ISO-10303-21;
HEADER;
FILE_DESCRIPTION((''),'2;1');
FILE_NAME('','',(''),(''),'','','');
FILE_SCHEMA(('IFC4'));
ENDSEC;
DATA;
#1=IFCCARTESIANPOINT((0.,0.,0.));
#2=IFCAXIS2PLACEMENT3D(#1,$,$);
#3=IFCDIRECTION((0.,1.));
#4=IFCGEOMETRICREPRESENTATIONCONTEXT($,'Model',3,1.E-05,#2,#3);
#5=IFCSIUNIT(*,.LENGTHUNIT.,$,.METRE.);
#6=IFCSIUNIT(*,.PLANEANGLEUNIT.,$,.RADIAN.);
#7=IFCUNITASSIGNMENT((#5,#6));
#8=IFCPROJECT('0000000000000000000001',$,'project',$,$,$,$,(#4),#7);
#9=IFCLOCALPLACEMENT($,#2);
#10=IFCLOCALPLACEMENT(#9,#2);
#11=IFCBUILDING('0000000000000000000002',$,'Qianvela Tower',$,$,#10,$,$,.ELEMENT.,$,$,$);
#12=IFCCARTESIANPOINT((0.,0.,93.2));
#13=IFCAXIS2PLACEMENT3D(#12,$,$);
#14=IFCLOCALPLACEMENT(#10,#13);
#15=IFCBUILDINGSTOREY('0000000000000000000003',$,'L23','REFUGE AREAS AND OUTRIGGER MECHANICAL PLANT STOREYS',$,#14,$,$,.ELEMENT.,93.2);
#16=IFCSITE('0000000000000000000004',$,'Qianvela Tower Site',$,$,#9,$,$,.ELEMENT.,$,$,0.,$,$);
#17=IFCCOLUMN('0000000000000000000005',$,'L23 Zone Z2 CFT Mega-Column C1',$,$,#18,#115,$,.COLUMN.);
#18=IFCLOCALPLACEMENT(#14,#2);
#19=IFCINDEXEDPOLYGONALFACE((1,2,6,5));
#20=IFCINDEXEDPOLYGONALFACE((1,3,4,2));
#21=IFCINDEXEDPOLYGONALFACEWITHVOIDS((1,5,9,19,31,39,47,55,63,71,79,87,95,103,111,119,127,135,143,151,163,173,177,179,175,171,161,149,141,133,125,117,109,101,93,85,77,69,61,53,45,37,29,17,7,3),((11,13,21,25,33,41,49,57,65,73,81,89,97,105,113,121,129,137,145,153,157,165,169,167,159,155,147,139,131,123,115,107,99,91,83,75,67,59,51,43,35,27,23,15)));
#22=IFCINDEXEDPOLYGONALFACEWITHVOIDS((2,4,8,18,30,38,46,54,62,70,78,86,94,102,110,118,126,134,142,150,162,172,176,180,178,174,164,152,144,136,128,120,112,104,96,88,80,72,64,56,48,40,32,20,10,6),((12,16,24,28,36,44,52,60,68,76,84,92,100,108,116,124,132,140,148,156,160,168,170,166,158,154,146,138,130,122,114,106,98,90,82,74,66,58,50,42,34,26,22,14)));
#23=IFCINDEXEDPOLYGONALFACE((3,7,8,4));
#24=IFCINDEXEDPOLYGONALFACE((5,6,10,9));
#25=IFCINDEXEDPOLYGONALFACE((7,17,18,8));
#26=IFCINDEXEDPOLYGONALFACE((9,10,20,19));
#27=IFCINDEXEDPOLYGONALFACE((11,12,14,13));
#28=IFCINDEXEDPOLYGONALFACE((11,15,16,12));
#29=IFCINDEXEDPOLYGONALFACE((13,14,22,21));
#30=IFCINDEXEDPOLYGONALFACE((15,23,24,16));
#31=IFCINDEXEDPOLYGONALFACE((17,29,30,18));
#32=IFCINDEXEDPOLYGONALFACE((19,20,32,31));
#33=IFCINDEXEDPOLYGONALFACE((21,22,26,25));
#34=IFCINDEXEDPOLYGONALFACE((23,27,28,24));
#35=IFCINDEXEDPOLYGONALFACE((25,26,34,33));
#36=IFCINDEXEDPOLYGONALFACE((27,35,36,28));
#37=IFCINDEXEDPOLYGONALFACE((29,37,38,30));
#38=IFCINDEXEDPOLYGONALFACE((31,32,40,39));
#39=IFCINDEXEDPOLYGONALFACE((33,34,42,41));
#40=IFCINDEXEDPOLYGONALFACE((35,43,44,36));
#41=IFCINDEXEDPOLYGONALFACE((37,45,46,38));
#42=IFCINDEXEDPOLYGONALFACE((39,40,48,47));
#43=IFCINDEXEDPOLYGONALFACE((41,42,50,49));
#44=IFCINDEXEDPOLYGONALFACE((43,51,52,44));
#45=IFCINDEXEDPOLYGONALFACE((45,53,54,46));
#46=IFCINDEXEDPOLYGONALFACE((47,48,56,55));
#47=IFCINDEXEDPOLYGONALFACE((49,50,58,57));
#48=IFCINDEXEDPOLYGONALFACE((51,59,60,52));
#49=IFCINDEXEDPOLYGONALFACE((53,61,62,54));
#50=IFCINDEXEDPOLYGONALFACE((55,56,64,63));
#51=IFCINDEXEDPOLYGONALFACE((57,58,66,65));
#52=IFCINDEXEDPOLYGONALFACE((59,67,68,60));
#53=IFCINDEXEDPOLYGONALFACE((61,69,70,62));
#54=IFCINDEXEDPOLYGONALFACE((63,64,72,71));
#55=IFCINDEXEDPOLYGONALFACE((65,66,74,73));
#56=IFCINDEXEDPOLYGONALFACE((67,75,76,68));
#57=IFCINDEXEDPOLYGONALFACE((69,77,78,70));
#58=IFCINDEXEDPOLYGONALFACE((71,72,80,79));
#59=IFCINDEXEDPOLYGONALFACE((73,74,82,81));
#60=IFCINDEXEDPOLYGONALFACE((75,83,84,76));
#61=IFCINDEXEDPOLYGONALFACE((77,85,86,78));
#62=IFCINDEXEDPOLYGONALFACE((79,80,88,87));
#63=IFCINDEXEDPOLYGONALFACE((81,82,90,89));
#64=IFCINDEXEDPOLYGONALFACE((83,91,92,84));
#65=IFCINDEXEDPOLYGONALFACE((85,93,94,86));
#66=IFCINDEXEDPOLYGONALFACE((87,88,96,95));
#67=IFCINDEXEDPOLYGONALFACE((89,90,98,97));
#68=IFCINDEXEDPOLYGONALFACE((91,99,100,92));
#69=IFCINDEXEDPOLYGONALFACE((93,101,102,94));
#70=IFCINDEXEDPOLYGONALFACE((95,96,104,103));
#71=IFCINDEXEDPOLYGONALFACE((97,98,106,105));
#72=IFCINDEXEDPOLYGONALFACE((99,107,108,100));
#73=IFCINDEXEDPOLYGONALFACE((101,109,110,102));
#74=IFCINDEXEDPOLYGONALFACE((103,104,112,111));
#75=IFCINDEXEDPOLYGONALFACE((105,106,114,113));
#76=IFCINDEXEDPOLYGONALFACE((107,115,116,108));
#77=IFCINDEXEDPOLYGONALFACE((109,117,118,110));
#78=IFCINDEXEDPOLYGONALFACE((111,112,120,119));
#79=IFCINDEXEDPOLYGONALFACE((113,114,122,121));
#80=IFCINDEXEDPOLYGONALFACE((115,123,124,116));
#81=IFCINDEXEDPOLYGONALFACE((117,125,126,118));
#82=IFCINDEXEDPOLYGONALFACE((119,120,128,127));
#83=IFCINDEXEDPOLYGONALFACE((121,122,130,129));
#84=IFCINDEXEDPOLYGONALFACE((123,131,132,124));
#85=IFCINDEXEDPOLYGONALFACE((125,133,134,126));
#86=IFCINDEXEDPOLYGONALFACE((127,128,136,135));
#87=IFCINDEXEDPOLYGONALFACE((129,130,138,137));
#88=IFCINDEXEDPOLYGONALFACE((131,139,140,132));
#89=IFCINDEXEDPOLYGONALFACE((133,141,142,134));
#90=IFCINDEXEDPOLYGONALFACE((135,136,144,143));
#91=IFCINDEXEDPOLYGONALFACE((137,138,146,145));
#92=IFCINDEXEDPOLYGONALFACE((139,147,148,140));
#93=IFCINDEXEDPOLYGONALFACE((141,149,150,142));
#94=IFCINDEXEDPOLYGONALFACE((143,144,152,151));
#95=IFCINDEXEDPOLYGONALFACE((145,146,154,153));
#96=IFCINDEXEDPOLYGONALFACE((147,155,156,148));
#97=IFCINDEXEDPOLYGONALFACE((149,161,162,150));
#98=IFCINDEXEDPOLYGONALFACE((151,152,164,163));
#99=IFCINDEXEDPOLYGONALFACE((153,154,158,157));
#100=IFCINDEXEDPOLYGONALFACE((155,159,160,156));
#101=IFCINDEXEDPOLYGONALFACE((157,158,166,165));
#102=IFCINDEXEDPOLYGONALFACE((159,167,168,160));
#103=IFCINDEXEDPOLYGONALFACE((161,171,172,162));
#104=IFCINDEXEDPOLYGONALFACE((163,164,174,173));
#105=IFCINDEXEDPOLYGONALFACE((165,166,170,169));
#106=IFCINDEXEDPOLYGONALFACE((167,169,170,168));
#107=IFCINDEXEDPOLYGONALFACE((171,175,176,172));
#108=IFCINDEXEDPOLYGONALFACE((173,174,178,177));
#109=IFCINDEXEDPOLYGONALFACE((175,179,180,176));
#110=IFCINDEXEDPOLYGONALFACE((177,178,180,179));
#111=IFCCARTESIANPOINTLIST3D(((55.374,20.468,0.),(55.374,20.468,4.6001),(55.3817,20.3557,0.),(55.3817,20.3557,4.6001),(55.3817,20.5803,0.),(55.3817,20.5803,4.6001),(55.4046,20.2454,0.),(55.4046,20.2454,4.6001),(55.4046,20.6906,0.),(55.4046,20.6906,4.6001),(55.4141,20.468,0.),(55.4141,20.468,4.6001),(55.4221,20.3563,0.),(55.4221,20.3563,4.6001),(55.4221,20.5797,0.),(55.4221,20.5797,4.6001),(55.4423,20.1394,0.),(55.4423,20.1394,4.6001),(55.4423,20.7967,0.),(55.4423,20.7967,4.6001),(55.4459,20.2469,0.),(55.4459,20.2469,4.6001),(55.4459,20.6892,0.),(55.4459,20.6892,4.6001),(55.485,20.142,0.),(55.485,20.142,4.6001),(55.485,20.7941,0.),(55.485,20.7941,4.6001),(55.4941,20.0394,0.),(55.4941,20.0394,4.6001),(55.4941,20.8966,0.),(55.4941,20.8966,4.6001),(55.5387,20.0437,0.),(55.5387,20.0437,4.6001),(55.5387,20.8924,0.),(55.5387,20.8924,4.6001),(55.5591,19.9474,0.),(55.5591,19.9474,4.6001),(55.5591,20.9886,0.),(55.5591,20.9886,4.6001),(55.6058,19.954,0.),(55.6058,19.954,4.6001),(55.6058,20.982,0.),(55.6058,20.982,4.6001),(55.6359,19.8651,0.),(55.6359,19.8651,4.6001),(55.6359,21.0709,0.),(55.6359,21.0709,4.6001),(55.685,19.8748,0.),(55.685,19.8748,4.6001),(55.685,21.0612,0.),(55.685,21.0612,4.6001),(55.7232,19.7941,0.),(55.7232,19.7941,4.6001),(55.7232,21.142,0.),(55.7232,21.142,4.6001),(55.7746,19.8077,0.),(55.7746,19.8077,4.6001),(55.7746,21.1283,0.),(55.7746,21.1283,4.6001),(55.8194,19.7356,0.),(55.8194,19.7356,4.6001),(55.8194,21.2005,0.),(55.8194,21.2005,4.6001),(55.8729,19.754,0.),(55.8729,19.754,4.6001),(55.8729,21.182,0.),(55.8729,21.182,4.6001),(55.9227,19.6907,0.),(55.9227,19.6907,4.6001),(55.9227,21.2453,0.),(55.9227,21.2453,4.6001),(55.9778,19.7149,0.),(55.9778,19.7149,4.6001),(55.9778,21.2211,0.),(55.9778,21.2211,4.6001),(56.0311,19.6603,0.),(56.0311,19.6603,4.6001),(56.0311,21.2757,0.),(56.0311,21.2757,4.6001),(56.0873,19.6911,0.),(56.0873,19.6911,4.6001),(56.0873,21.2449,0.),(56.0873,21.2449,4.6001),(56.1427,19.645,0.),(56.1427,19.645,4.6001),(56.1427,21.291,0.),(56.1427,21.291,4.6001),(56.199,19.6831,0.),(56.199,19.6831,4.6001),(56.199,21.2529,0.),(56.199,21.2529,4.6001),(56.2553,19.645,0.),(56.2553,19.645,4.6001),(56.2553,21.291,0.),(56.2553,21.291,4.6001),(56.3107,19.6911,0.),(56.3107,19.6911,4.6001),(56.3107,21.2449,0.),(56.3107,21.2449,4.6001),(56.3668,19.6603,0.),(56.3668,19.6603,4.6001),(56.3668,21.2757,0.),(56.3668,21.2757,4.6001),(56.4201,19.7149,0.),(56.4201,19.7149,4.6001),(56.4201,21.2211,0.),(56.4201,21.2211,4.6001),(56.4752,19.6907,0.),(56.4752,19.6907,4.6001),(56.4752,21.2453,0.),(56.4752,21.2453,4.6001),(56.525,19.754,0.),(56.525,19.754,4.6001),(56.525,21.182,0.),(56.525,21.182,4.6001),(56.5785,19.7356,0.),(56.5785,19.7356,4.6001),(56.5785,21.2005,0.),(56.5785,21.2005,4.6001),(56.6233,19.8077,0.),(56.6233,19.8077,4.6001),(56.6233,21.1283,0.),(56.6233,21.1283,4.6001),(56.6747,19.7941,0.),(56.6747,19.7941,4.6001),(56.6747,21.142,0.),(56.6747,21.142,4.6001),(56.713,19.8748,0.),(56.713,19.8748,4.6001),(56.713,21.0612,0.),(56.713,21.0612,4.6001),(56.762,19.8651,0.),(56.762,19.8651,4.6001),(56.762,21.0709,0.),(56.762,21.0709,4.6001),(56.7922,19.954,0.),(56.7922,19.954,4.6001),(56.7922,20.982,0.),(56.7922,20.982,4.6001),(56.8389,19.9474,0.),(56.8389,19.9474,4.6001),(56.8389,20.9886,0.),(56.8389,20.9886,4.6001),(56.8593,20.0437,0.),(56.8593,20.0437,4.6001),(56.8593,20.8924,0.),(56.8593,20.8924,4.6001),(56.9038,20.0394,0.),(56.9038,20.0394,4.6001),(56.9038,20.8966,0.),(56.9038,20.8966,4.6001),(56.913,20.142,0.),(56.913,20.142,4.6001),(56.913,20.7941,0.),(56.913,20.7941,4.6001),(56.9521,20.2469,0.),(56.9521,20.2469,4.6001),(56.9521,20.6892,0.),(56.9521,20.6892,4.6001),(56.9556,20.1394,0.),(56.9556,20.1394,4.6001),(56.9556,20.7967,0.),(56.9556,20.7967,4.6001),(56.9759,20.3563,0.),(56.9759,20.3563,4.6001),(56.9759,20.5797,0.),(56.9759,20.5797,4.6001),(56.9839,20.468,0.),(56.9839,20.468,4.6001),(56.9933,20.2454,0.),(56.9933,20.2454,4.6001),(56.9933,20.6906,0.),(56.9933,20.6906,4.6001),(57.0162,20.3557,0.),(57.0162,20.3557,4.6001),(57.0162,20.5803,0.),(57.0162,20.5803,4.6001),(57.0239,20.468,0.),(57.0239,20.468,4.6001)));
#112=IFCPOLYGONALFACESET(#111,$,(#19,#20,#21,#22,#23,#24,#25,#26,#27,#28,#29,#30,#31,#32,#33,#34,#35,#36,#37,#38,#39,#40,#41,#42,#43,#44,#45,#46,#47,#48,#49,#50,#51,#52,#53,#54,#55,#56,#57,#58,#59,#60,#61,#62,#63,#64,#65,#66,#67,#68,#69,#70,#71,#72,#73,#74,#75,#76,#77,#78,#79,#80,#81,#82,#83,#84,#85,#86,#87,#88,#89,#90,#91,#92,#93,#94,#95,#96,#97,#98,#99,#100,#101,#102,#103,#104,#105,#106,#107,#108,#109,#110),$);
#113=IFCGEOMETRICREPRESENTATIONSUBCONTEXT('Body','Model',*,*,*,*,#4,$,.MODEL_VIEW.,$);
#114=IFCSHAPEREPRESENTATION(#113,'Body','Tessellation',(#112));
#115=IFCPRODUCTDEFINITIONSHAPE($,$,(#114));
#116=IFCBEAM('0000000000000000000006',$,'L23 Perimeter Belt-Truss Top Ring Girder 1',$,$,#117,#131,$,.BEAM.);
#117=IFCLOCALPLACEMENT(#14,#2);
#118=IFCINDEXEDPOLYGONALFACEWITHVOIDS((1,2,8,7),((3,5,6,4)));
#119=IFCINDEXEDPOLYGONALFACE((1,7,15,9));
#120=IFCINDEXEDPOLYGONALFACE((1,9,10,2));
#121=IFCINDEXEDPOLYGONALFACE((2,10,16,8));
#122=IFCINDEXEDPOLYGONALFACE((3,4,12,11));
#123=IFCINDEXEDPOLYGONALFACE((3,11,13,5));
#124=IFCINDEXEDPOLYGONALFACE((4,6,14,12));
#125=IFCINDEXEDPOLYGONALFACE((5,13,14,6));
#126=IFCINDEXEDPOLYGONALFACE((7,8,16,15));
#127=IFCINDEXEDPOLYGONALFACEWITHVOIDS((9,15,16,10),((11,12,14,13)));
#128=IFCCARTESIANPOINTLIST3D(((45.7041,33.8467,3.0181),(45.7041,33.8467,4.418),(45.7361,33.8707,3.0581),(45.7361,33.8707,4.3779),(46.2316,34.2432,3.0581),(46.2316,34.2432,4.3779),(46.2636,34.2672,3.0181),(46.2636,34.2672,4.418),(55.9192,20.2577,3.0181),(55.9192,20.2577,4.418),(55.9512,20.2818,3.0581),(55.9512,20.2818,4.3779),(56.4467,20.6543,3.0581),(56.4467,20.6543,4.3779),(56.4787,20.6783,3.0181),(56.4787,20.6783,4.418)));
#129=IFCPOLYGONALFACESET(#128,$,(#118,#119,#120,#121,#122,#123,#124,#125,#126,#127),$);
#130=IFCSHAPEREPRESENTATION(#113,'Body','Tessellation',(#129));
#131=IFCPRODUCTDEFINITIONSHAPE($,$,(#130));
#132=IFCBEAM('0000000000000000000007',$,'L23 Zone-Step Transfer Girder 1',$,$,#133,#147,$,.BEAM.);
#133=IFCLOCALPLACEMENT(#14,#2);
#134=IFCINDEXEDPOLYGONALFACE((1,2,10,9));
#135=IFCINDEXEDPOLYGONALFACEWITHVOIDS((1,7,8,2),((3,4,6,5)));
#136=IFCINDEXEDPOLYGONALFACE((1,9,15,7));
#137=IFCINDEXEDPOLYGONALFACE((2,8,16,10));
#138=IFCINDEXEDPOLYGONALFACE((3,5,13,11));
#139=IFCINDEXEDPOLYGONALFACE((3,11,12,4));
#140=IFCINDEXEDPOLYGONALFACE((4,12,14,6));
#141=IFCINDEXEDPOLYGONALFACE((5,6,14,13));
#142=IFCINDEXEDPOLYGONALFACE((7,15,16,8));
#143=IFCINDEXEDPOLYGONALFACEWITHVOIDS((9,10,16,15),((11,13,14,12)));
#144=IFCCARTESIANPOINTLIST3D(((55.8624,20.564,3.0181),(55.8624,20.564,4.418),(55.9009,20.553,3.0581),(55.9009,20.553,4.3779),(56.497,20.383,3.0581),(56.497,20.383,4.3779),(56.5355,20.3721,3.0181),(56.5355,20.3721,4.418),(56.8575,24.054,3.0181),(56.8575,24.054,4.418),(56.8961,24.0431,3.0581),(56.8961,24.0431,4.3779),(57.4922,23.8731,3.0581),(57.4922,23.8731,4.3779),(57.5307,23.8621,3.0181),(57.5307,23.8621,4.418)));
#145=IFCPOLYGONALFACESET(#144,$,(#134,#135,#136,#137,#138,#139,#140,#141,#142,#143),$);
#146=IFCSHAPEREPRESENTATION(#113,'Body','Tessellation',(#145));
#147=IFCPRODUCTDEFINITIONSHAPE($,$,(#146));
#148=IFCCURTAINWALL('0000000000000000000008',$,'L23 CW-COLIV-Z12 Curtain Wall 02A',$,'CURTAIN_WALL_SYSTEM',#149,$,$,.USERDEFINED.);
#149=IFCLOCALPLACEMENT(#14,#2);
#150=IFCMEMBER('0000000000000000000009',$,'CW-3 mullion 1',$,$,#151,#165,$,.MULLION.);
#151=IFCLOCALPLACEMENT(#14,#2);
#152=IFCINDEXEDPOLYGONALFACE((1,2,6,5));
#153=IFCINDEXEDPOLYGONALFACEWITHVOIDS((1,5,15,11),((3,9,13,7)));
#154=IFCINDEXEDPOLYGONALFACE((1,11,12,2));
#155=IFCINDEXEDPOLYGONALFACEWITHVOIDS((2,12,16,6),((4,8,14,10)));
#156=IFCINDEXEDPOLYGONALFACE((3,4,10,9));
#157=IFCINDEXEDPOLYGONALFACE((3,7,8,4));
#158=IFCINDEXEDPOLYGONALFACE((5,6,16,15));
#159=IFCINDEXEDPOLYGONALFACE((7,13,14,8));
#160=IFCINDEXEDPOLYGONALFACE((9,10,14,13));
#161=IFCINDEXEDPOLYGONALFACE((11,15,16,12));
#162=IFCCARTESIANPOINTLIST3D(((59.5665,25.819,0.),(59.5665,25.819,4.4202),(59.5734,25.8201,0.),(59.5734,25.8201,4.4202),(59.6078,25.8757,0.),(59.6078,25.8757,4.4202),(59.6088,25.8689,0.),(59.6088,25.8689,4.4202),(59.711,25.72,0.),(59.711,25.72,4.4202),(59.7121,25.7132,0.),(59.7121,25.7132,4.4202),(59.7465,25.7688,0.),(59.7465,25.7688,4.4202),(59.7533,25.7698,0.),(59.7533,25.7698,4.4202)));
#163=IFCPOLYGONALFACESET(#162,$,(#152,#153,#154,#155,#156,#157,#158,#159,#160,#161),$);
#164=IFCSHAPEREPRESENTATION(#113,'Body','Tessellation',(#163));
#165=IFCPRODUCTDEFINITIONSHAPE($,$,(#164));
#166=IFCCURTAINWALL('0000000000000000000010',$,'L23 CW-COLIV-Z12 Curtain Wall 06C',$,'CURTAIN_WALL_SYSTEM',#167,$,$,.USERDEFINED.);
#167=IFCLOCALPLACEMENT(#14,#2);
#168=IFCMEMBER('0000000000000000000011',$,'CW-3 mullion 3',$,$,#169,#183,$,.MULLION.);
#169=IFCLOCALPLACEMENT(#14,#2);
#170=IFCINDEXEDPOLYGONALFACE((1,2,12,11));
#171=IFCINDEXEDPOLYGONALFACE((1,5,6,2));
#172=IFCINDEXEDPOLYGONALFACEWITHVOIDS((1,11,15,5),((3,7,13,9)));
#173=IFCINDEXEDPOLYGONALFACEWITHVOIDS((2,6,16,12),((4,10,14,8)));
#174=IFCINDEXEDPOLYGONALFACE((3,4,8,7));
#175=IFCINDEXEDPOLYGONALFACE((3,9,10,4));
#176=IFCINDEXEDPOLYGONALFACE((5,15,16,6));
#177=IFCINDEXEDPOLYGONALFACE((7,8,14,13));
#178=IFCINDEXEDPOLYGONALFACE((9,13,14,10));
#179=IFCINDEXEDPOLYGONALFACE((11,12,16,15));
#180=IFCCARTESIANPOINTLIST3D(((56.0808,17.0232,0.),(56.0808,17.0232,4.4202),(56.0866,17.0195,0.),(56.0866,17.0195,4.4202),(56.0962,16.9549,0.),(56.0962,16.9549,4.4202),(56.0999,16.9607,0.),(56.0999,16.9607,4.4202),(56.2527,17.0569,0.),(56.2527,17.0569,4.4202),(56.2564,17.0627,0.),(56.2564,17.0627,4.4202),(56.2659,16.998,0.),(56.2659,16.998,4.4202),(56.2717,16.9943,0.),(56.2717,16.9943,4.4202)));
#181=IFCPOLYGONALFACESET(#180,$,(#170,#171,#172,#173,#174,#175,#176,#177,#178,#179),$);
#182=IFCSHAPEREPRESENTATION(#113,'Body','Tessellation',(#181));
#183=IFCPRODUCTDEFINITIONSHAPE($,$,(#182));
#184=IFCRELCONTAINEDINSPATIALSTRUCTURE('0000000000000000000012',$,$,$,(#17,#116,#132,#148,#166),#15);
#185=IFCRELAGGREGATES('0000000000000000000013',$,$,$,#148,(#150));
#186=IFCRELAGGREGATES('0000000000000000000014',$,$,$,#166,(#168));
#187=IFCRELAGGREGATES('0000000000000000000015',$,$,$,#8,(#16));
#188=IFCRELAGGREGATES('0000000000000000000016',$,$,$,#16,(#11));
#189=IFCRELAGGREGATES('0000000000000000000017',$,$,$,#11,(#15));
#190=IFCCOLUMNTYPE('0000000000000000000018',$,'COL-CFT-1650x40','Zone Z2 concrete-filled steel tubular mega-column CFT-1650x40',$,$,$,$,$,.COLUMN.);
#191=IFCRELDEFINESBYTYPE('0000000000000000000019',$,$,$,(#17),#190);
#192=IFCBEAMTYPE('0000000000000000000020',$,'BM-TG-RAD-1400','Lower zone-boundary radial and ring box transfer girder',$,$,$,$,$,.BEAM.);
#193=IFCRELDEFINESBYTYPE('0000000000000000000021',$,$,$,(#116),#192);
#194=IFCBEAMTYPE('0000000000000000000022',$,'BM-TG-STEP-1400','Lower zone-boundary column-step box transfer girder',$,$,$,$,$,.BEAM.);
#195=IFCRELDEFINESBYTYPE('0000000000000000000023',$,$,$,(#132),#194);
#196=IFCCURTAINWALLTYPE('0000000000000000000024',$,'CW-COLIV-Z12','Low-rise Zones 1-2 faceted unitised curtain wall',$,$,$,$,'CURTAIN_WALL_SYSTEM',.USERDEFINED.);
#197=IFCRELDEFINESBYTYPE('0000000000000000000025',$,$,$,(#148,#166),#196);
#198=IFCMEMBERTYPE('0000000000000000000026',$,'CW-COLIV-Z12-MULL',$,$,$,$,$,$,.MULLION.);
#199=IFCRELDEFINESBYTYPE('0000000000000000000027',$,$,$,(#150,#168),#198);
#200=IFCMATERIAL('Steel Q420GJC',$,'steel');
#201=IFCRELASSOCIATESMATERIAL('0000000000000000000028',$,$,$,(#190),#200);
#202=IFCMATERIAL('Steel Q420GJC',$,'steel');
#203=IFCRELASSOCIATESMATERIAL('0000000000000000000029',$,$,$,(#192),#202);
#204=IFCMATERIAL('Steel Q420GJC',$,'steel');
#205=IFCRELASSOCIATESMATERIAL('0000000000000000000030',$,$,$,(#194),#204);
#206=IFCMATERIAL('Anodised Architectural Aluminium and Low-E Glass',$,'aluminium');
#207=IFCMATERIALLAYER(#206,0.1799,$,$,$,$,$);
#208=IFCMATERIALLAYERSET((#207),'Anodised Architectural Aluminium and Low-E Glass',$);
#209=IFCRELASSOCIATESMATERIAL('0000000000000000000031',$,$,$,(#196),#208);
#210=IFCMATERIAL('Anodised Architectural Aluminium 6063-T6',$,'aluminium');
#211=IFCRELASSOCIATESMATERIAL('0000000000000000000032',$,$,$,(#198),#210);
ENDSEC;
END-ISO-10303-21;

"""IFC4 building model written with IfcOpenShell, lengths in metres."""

from ifc_helpers import new_model, si_unit, direction, frame, origin, origin_2d, place, context, subcontext, project, spatial, hollow_rectangle, hollow_circle, extrude, material, layer, layer_set, material_profile, profile_set, type_object, element, aggregate, save


model = new_model("IFC4")

# Units and contexts
model_context = context("Model", 3, precision=1e-05, world=origin(), true_north=direction((0.0, 1.0)))
body_context = subcontext(model_context, "Body", "Model", "MODEL_VIEW")
ifc_project = project(units=[si_unit("LENGTHUNIT", "METRE"), si_unit("PLANEANGLEUNIT", "RADIAN")], contexts=[model_context])

# Site, building, storey
site_placement = place(None, origin())
site = spatial("IfcSite", under=ifc_project, at=site_placement, Name="Qianvela Tower Site", CompositionType="ELEMENT", RefElevation=0.0)
building_placement = place(site_placement, origin())
building = spatial("IfcBuilding", under=site, at=building_placement, Name="Qianvela Tower", CompositionType="ELEMENT")
storey_placement = place(building_placement, frame((0.0, 0.0, 93.2)))
storey = spatial("IfcBuildingStorey", under=building, at=storey_placement, Name="L23", Description="REFUGE AREAS AND OUTRIGGER MECHANICAL PLANT STOREYS", CompositionType="ELEMENT", Elevation=93.2)

# Column
ifc_material_1 = material(Name="Steel Q420GJC", Category="steel")
ifc_material_profile_1 = material_profile(ifc_material_1, hollow_circle(Radius=0.825, WallThickness=0.04, at=origin_2d()), Name="CFT-1650x40")
ifc_profile_set_1 = profile_set([ifc_material_profile_1], Name="Steel Q420GJC")
column_type = type_object("IfcColumnType", Name="COL-CFT-1650x40", Description="Zone Z2 concrete-filled steel tubular mega-column CFT-1650x40", PredefinedType="COLUMN", material=ifc_profile_set_1)
column_placement = place(storey_placement, frame((56.199, 20.468, 0.0), z_axis=(0.0, 0.0, 1.0), x_axis=(1.0, 0.0, 0.0)))
element("IfcColumn", 1, at=column_placement, inside=storey, type_object=column_type, Name="L23 Zone Z2 CFT Mega-Column C1", PredefinedType="COLUMN", context=body_context, shape_type="SweptSolid", body=[
    extrude(hollow_circle(Radius=0.825, WallThickness=0.04, at=origin_2d()), origin(), (0.0, 0.0, 1.0), 4.6001),
])

# Beams
ifc_material_2 = material(Name="Steel Q420GJC", Category="steel")
ifc_material_profile_2 = material_profile(ifc_material_2, hollow_rectangle(XDim=0.7, YDim=1.3999, WallThickness=0.04, at=origin_2d()), Name="TG-BOX-1400x700x40")
ifc_profile_set_2 = profile_set([ifc_material_profile_2], Name="Steel Q420GJC")
beam_type_1 = type_object("IfcBeamType", Name="BM-TG-RAD-1400", Description="Lower zone-boundary radial and ring box transfer girder", PredefinedType="BEAM", material=ifc_profile_set_2)
beam_1_placement = place(storey_placement, frame((56.199, 20.468, 3.718), z_axis=(-0.600882, 0.799338, 0.0), x_axis=(-0.799338, -0.600882, 0.0)))
element("IfcBeam", 2, at=beam_1_placement, inside=storey, type_object=beam_type_1, Name="L23 Perimeter Belt-Truss Top Ring Girder 1", PredefinedType="BEAM", context=body_context, shape_type="SweptSolid", body=[
    extrude(hollow_rectangle(XDim=0.7, YDim=1.3999, WallThickness=0.04, at=origin_2d()), origin(), (0.0, 0.0, 1.0), 17.0002),
])
ifc_material_3 = material(Name="Steel Q420GJC", Category="steel")
ifc_material_profile_3 = material_profile(ifc_material_3, hollow_rectangle(XDim=0.7, YDim=1.3999, WallThickness=0.04, at=origin_2d()), Name="TG-BOX-1400x700x40")
ifc_profile_set_3 = profile_set([ifc_material_profile_3], Name="Steel Q420GJC")
beam_type_2 = type_object("IfcBeamType", Name="BM-TG-STEP-1400", Description="Lower zone-boundary column-step box transfer girder", PredefinedType="BEAM", material=ifc_profile_set_3)
beam_2_placement = place(storey_placement, frame((56.199, 20.468, 3.718), z_axis=(0.274206, 0.961671, 0.0), x_axis=(-0.961671, 0.274206, 0.0)))
element("IfcBeam", 3, at=beam_2_placement, inside=storey, type_object=beam_type_2, Name="L23 Zone-Step Transfer Girder 1", PredefinedType="BEAM", context=body_context, shape_type="SweptSolid", body=[
    extrude(hollow_rectangle(XDim=0.7, YDim=1.3999, WallThickness=0.04, at=origin_2d()), origin(), (0.0, 0.0, 1.0), 3.6292),
])

# Curtain walls, members
ifc_material_4 = material(Name="Anodised Architectural Aluminium and Low-E Glass", Category="aluminium")
ifc_layer_1 = layer(ifc_material_4, 0.1799)
ifc_layer_set_1 = layer_set([ifc_layer_1], Name="Anodised Architectural Aluminium and Low-E Glass")
curtain_wall_type = type_object("IfcCurtainWallType", Name="CW-COLIV-Z12", Description="Low-rise Zones 1-2 faceted unitised curtain wall", ElementType="CURTAIN_WALL_SYSTEM", PredefinedType="USERDEFINED", material=ifc_layer_set_1)
curtain_wall_1_placement = place(storey_placement, origin())
curtain_wall_1 = element("IfcCurtainWall", 4, at=curtain_wall_1_placement, inside=storey, type_object=curtain_wall_type, Name="L23 CW-COLIV-Z12 Curtain Wall 02A", ObjectType="CURTAIN_WALL_SYSTEM", PredefinedType="USERDEFINED")
ifc_material_5 = material(Name="Anodised Architectural Aluminium 6063-T6", Category="aluminium")
ifc_material_profile_4 = material_profile(ifc_material_5, hollow_rectangle(XDim=0.0701, YDim=0.1799, WallThickness=0.0049, at=origin_2d()), Name="ALU-MULL-70x180")
ifc_profile_set_4 = profile_set([ifc_material_profile_4], Name="Anodised Architectural Aluminium 6063-T6")
member_type_1 = type_object("IfcMemberType", Name="CW-COLIV-Z12-MULL", PredefinedType="MULLION", material=ifc_profile_set_4)
member_1_placement = place(storey_placement, frame((59.6599, 25.7944, 0.0), z_axis=(0.0, 0.0, 1.0), x_axis=(-0.588253, -0.808677, 0.0)))
member_1 = element("IfcMember", 5, at=member_1_placement, type_object=member_type_1, Name="CW-3 mullion 1", PredefinedType="MULLION", context=body_context, shape_type="SweptSolid", body=[
    extrude(hollow_rectangle(XDim=0.0701, YDim=0.1799, WallThickness=0.0049, at=origin_2d()), origin(), (0.0, 0.0, 1.0), 4.4202),
])
curtain_wall_2_placement = place(storey_placement, origin())
curtain_wall_2 = element("IfcCurtainWall", 6, at=curtain_wall_2_placement, inside=storey, type_object=curtain_wall_type, Name="L23 CW-COLIV-Z12 Curtain Wall 06C", ObjectType="CURTAIN_WALL_SYSTEM", PredefinedType="USERDEFINED")
member_2_placement = place(storey_placement, frame((56.1763, 17.0088, 0.0), z_axis=(0.0, 0.0, 1.0), x_axis=(-0.219387, 0.975638, 0.0)))
member_2 = element("IfcMember", 7, at=member_2_placement, type_object=member_type_1, Name="CW-3 mullion 3", PredefinedType="MULLION", context=body_context, shape_type="SweptSolid", body=[
    extrude(hollow_rectangle(XDim=0.0701, YDim=0.1799, WallThickness=0.0049, at=origin_2d()), origin(), (0.0, 0.0, 1.0), 4.4202),
])

aggregate(curtain_wall_1, [member_1])
aggregate(curtain_wall_2, [member_2])

save(model, "model.ifc")
